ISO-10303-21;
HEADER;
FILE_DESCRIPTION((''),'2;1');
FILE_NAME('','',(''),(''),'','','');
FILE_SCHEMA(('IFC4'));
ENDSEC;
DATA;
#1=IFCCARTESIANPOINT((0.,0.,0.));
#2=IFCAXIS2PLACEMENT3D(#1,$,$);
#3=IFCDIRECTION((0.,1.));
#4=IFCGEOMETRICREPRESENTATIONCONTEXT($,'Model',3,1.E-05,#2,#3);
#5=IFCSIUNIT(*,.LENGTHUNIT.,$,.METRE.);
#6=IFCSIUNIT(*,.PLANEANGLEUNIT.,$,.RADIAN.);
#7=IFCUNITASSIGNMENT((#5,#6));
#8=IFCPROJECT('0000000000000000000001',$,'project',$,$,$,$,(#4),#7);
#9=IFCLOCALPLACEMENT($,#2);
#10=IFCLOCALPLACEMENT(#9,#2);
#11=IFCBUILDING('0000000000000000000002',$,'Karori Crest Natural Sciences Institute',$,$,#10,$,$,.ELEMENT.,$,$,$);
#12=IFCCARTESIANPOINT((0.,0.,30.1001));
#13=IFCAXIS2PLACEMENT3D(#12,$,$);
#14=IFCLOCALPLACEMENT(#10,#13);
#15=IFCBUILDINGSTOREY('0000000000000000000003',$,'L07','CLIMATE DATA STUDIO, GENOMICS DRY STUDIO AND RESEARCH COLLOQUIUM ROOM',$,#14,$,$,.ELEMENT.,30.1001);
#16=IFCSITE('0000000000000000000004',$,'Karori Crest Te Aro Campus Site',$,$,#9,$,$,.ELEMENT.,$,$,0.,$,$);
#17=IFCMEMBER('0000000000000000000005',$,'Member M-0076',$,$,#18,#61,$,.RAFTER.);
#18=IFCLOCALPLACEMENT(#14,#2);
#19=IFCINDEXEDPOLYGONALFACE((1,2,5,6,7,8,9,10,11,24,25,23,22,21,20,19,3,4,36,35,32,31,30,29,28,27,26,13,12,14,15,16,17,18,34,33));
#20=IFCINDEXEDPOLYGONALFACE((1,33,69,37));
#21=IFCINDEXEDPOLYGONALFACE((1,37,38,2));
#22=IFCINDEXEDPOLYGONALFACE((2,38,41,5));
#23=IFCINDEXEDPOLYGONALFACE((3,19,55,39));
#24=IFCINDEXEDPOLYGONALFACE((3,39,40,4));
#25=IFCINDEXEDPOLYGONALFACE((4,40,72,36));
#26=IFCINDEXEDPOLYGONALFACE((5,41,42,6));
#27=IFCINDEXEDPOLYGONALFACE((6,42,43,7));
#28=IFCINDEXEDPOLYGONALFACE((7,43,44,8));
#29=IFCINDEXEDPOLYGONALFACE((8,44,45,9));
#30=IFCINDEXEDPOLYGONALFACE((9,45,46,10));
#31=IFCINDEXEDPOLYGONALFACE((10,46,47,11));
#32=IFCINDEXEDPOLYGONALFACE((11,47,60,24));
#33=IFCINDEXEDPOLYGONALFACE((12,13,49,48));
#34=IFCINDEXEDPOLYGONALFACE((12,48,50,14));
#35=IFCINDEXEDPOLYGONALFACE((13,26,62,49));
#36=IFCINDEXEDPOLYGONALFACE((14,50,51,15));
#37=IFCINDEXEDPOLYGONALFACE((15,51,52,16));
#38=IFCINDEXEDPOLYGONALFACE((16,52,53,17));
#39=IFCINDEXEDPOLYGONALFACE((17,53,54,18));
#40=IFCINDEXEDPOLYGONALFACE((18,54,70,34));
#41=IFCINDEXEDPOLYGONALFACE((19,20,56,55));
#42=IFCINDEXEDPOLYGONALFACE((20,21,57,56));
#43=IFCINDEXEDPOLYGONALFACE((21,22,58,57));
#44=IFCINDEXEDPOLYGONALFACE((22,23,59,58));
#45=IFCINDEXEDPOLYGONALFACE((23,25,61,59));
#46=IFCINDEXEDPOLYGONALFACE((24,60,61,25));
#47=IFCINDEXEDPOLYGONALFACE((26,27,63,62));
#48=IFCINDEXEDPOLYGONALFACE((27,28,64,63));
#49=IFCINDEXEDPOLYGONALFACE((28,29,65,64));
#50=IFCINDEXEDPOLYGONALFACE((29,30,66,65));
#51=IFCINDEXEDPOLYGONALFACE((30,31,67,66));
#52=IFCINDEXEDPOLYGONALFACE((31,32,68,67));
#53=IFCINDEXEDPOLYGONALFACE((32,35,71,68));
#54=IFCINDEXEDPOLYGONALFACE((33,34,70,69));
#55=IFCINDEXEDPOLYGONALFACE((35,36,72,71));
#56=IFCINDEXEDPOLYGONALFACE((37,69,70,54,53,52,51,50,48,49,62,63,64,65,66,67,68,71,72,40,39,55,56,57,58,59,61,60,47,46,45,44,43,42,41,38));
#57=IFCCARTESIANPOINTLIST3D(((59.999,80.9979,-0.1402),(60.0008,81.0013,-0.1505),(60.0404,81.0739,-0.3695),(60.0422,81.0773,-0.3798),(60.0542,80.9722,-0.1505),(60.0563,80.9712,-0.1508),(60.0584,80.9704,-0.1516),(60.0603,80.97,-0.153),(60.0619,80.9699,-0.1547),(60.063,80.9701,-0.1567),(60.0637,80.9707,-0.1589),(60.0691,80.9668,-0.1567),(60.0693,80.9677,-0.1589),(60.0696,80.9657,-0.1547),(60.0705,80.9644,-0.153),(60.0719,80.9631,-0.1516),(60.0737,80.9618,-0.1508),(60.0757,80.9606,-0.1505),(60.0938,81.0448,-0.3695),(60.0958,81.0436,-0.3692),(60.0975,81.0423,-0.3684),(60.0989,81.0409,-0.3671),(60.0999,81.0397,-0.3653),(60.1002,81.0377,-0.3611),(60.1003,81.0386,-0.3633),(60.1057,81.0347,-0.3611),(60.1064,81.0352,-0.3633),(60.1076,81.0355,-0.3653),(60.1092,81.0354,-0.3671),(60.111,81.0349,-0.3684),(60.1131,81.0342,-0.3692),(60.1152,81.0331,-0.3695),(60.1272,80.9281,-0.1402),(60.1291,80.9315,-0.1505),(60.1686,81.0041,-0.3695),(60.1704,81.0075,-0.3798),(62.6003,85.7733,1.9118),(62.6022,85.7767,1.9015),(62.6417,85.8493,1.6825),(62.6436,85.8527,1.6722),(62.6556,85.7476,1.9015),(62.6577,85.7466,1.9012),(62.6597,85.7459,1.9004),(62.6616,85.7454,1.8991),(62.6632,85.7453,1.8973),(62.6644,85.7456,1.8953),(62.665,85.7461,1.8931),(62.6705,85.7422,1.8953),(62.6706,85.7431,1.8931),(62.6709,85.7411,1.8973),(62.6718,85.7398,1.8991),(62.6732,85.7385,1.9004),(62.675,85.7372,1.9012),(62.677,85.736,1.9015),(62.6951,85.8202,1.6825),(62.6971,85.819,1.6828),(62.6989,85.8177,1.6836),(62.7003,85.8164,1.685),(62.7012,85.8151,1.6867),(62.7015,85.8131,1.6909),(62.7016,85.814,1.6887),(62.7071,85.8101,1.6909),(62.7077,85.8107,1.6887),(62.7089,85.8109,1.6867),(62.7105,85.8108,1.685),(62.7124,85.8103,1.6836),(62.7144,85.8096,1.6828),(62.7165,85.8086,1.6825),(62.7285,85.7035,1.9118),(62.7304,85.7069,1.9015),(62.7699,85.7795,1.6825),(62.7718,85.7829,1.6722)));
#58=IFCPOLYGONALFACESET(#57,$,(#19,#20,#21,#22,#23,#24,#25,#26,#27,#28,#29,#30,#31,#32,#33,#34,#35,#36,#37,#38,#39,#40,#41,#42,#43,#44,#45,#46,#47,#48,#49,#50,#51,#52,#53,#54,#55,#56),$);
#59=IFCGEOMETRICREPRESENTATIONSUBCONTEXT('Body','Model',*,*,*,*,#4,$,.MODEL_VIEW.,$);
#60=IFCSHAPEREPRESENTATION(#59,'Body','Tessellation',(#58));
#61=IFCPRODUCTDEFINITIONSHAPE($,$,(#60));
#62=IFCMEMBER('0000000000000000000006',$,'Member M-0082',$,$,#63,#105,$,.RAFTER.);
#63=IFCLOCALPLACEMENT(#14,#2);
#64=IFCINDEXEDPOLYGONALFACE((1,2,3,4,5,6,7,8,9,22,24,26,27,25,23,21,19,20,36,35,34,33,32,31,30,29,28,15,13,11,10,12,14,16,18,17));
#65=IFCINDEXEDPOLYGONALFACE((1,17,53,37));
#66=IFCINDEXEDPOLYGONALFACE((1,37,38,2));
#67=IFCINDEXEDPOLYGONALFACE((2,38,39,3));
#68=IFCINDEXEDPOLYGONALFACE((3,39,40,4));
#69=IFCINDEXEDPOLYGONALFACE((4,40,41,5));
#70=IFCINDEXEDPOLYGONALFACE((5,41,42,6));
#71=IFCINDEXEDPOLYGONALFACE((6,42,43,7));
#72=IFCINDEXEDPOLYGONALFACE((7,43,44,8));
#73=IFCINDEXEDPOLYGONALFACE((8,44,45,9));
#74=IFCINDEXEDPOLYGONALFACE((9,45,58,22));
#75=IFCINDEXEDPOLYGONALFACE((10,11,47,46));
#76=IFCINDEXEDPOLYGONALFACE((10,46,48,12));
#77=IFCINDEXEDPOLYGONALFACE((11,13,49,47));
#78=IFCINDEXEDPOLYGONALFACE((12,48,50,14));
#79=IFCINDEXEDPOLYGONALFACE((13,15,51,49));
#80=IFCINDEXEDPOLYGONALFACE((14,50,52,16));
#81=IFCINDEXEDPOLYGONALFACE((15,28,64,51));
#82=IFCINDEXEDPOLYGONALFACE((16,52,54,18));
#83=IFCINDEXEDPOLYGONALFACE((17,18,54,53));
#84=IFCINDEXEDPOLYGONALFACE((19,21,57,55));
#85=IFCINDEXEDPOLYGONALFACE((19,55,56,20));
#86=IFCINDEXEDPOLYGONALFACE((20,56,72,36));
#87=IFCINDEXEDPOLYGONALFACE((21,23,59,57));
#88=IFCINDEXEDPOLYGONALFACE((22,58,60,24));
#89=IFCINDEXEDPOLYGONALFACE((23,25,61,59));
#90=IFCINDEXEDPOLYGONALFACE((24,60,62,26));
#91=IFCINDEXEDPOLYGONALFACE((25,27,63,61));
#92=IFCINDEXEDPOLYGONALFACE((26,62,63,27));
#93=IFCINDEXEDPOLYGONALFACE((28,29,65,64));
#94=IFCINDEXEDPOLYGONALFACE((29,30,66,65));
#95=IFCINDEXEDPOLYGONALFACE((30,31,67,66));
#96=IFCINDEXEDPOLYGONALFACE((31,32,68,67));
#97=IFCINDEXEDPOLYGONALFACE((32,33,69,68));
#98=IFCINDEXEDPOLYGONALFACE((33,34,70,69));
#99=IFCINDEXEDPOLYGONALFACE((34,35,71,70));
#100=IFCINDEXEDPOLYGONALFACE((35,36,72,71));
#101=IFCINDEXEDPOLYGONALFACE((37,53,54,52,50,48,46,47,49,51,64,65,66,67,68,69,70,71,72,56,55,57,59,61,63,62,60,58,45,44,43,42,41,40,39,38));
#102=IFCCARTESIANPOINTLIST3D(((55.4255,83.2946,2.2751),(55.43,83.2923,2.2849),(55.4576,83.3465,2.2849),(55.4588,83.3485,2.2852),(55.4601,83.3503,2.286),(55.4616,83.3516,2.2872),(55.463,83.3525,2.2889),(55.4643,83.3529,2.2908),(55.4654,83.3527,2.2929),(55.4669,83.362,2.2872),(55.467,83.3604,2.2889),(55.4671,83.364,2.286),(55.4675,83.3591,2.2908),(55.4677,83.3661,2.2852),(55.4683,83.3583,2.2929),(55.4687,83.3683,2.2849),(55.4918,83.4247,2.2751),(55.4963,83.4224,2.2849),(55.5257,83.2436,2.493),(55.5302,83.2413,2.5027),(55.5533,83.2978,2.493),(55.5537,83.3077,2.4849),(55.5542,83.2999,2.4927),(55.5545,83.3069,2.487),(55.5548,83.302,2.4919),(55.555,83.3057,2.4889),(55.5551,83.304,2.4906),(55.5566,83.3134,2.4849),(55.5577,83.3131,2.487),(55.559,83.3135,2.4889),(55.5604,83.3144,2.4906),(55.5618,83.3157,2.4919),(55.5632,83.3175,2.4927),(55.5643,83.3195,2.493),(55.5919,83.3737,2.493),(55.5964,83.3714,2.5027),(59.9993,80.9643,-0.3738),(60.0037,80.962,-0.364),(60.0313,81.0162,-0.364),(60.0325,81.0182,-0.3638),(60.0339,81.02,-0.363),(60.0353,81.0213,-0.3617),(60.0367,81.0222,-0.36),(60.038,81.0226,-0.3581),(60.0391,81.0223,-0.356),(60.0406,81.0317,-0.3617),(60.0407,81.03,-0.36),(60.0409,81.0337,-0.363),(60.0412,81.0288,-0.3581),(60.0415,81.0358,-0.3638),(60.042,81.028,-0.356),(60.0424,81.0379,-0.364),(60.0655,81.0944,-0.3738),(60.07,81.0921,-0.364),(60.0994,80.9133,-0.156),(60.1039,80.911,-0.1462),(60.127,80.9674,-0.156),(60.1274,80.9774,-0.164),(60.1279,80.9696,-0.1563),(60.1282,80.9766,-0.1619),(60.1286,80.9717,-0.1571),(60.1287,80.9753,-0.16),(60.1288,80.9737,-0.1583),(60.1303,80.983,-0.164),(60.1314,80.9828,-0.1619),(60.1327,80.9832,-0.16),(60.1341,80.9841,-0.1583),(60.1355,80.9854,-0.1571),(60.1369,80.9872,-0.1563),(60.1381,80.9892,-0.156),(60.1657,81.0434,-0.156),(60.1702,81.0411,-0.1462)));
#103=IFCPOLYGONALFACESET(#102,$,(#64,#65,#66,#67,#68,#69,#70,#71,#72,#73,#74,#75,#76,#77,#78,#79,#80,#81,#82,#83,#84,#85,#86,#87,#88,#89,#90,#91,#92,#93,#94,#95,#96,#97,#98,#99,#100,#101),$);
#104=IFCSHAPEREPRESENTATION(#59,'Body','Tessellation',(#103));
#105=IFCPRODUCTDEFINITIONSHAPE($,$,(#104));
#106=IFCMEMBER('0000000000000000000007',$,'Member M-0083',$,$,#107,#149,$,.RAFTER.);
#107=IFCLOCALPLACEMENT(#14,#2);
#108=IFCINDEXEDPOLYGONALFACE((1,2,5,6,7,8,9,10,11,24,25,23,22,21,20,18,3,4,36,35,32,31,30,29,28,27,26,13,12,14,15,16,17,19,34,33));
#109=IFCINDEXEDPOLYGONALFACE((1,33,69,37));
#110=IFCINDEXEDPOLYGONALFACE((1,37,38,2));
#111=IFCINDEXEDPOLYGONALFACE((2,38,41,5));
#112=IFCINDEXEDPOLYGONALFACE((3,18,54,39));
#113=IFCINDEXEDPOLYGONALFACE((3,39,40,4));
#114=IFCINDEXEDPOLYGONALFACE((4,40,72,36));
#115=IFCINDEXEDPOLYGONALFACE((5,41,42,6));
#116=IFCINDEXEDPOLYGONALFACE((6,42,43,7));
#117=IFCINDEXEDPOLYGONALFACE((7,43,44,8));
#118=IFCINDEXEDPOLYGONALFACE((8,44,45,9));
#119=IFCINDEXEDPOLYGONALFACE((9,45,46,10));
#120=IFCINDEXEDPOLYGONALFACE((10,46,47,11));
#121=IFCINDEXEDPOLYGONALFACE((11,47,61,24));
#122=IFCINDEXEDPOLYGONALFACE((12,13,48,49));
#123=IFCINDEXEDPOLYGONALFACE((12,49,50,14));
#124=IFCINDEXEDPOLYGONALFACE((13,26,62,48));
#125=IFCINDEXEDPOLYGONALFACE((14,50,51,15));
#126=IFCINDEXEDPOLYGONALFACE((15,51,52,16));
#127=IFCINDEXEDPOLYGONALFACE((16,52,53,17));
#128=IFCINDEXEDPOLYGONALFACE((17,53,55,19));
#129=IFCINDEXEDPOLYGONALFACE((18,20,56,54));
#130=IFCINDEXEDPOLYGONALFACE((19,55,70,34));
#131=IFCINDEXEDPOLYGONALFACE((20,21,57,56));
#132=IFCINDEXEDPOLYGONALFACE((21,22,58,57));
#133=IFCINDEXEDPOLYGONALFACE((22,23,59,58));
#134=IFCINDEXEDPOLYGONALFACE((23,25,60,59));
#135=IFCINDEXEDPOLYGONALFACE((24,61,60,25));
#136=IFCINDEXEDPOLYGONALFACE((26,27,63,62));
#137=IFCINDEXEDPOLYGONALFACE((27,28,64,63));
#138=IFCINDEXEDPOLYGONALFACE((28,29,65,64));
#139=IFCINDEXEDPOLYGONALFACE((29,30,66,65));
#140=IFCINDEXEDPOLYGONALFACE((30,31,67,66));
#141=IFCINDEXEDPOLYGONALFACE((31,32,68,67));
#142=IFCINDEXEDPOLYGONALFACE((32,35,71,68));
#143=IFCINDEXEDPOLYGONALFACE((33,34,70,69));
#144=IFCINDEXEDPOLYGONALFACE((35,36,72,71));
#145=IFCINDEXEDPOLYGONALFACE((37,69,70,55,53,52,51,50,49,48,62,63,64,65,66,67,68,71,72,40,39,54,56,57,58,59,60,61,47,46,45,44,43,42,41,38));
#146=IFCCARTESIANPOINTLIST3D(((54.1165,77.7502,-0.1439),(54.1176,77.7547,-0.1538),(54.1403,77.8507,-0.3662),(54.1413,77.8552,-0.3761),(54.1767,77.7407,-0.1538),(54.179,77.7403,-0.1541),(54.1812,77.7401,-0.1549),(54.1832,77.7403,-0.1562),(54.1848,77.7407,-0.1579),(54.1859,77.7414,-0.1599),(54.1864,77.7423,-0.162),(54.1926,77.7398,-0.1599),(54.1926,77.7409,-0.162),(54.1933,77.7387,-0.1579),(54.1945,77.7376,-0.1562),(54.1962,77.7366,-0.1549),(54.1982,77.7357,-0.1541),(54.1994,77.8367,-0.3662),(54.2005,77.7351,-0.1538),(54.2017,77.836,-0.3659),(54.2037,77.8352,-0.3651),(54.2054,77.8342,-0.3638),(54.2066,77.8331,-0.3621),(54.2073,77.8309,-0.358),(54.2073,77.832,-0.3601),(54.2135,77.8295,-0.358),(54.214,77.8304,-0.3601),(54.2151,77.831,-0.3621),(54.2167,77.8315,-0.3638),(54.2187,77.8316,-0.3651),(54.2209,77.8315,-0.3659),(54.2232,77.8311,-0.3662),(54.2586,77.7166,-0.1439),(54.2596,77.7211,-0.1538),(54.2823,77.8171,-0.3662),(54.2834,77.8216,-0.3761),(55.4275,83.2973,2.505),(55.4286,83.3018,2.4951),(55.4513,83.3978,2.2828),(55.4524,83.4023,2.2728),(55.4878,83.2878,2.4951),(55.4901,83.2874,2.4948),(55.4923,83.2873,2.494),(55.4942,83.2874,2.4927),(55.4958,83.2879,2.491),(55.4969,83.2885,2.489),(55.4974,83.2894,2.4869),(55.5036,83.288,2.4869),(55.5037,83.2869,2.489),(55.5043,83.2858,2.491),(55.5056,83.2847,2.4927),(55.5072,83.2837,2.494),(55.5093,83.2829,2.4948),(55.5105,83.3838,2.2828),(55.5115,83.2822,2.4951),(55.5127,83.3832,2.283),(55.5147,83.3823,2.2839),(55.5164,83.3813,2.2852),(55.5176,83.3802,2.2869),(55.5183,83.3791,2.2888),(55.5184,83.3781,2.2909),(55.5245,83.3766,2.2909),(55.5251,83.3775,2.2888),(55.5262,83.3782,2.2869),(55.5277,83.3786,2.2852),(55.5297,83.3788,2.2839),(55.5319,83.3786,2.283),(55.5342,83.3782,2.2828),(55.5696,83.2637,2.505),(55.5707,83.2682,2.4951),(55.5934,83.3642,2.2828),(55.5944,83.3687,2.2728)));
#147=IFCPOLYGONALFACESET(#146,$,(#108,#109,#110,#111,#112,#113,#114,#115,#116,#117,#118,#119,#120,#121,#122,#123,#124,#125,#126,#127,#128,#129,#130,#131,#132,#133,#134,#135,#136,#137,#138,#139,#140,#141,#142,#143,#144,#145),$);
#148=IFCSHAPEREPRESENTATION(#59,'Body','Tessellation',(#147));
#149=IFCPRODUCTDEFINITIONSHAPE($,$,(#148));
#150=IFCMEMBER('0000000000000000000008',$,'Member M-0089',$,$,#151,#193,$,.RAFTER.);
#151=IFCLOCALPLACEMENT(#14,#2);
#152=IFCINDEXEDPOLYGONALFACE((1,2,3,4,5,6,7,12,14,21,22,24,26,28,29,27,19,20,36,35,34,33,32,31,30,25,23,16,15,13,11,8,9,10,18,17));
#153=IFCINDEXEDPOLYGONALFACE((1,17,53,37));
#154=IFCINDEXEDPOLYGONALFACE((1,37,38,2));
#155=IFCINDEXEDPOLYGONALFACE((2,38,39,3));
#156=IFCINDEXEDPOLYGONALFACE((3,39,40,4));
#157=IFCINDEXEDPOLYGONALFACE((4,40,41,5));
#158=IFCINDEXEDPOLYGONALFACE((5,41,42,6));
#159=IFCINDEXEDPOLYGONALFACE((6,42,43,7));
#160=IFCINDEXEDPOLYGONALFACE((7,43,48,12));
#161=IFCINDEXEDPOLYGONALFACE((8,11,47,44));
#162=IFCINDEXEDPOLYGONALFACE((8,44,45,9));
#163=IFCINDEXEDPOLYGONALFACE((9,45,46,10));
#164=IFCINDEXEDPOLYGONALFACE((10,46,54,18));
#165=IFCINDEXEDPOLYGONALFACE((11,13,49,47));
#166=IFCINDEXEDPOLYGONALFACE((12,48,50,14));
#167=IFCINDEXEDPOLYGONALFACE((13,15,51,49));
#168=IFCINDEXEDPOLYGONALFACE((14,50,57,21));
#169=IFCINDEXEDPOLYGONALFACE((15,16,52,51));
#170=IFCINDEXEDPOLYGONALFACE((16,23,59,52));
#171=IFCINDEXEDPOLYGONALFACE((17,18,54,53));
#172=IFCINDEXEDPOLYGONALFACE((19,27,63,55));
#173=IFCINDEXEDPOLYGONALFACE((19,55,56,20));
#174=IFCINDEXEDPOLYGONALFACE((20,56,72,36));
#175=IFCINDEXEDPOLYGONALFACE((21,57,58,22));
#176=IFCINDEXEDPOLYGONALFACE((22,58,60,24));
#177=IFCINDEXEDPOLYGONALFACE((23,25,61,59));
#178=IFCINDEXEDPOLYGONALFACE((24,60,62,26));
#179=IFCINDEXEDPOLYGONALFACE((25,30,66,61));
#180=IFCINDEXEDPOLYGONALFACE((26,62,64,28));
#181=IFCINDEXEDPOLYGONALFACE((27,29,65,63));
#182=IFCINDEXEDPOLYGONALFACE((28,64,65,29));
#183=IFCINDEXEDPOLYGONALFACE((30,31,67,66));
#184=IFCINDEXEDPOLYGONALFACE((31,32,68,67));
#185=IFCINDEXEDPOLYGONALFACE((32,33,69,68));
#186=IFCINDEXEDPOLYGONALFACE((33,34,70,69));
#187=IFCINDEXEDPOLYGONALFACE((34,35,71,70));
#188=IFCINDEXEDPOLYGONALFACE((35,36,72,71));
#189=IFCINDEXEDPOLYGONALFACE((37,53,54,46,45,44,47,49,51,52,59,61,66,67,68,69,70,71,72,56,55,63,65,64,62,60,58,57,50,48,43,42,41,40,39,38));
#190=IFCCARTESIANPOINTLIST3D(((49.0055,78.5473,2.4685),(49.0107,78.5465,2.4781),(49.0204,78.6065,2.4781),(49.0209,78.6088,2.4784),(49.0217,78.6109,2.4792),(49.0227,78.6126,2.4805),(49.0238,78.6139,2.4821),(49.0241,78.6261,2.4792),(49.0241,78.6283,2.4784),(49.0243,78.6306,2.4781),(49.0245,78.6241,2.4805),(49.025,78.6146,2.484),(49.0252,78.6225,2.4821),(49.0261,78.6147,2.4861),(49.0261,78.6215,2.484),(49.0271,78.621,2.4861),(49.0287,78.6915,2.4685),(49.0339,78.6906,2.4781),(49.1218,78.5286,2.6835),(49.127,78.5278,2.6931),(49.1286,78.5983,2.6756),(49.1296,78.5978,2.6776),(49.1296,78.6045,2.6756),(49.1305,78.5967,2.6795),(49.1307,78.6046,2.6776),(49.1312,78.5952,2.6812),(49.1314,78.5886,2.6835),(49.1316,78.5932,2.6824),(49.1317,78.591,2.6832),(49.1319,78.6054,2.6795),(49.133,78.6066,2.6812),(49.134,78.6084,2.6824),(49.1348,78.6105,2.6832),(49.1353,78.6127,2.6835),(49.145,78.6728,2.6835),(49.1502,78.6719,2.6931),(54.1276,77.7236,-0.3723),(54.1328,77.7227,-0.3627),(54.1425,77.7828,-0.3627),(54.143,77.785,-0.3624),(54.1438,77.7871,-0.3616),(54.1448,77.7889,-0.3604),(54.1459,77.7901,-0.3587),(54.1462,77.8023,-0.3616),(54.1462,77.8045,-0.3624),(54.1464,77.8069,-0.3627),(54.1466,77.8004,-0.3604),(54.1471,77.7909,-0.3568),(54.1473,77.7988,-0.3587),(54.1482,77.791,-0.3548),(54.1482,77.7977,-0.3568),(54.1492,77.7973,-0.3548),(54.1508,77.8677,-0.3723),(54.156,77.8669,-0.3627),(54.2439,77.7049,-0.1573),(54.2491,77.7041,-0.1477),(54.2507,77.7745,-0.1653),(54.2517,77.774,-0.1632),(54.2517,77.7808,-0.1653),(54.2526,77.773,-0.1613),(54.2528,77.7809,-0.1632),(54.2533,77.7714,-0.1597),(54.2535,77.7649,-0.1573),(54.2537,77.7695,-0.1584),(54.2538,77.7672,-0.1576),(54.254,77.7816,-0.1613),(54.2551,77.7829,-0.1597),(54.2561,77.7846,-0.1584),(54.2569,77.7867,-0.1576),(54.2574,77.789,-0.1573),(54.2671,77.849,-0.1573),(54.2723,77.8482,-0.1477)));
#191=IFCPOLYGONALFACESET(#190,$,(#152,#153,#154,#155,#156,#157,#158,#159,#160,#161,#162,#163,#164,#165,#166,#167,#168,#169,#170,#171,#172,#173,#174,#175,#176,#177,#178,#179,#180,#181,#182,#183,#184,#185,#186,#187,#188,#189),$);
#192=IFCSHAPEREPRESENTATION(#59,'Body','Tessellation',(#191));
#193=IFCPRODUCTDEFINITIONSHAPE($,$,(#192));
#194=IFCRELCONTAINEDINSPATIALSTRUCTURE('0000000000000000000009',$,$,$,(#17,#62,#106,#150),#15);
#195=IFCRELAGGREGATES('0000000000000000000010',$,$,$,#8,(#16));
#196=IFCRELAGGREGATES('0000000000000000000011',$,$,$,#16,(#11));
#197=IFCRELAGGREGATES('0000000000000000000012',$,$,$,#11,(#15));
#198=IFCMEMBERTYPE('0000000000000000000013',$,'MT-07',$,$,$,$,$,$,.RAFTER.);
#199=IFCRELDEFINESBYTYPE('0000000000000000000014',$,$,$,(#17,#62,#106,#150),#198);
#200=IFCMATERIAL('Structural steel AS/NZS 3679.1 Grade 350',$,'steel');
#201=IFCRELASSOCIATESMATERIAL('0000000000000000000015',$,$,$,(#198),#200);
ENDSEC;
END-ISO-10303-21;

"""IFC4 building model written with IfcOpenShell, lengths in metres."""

from ifc_helpers import new_model, si_unit, direction, frame, origin, origin_2d, place, context, subcontext, project, spatial, i_section, extrude, material, material_profile, profile_set, type_object, element, save


model = new_model("IFC4")

# Units and contexts
model_context = context("Model", 3, precision=1e-05, world=origin(), true_north=direction((0.0, 1.0)))
body_context = subcontext(model_context, "Body", "Model", "MODEL_VIEW")
ifc_project = project(units=[si_unit("LENGTHUNIT", "METRE"), si_unit("PLANEANGLEUNIT", "RADIAN")], contexts=[model_context])

# Site, building, storey
site_placement = place(None, origin())
site = spatial("IfcSite", under=ifc_project, at=site_placement, Name="Karori Crest Te Aro Campus Site", CompositionType="ELEMENT", RefElevation=0.0)
building_placement = place(site_placement, origin())
building = spatial("IfcBuilding", under=site, at=building_placement, Name="Karori Crest Natural Sciences Institute", CompositionType="ELEMENT")
storey_placement = place(building_placement, frame((0.0, 0.0, 30.1001)))
storey = spatial("IfcBuildingStorey", under=building, at=storey_placement, Name="L07", Description="CLIMATE DATA STUDIO, GENOMICS DRY STUDIO AND RESEARCH COLLOQUIUM ROOM", CompositionType="ELEMENT", Elevation=30.1001)

# Members
ifc_material_1 = material(Name="Structural steel AS/NZS 3679.1 Grade 350", Category="steel")
ifc_material_profile_1 = material_profile(ifc_material_1, i_section(OverallWidth=0.146, OverallDepth=0.2561, WebThickness=0.0063, FlangeThickness=0.011, FilletRadius=0.009, at=origin_2d()), Name="250UB37.3")
ifc_profile_set_1 = profile_set([ifc_material_profile_1], Name="Structural steel AS/NZS 3679.1 Grade 350")
member_type_1 = type_object("IfcMemberType", Name="MT-07", PredefinedType="RAFTER", material=ifc_profile_set_1)
member_1_placement = place(storey_placement, frame((60.0847, 81.0027, -0.26), z_axis=(0.44756, 0.821612, 0.353049), x_axis=(-0.878161, 0.478364, 0.0)))
element("IfcMember", 1, at=member_1_placement, inside=storey, type_object=member_type_1, Name="Member M-0076", PredefinedType="RAFTER", context=body_context, shape_type="SweptSolid", body=[
    extrude(i_section(OverallWidth=0.146, OverallDepth=0.2561, WebThickness=0.0063, FlangeThickness=0.011, FilletRadius=0.009, at=origin_2d()), origin(), (0.0, 0.0, 1.0), 5.8123),
])
member_2_placement = place(storey_placement, frame((60.0847, 81.0027, -0.26), z_axis=(-0.791803, 0.403425, 0.458581), x_axis=(-0.453974, -0.891015, 0.0)))
element("IfcMember", 2, at=member_2_placement, inside=storey, type_object=member_type_1, Name="Member M-0082", PredefinedType="RAFTER", context=body_context, shape_type="SweptSolid", body=[
    extrude(i_section(OverallWidth=0.146, OverallDepth=0.2561, WebThickness=0.0063, FlangeThickness=0.011, FilletRadius=0.009, at=origin_2d()), origin(), (0.0, 0.0, 1.0), 5.7764),
])
member_3_placement = place(storey_placement, frame((54.2, 77.7859, -0.26), z_axis=(0.208584, 0.882541, 0.421442), x_axis=(-0.973189, 0.230008, 0.0)))
element("IfcMember", 3, at=member_3_placement, inside=storey, type_object=member_type_1, Name="Member M-0083", PredefinedType="RAFTER", context=body_context, shape_type="SweptSolid", body=[
    extrude(i_section(OverallWidth=0.146, OverallDepth=0.2561, WebThickness=0.0063, FlangeThickness=0.011, FilletRadius=0.009, at=origin_2d()), origin(), (0.0, 0.0, 1.0), 6.2854),
])
member_4_placement = place(storey_placement, frame((54.2, 77.7859, -0.26), z_axis=(-0.865981, 0.139267, 0.480293), x_axis=(-0.15878, -0.987314, 0.0)))
element("IfcMember", 4, at=member_4_placement, inside=storey, type_object=member_type_1, Name="Member M-0089", PredefinedType="RAFTER", context=body_context, shape_type="SweptSolid", body=[
    extrude(i_section(OverallWidth=0.146, OverallDepth=0.2561, WebThickness=0.0063, FlangeThickness=0.011, FilletRadius=0.009, at=origin_2d()), origin(), (0.0, 0.0, 1.0), 5.9148),
])

save(model, "model.ifc")
